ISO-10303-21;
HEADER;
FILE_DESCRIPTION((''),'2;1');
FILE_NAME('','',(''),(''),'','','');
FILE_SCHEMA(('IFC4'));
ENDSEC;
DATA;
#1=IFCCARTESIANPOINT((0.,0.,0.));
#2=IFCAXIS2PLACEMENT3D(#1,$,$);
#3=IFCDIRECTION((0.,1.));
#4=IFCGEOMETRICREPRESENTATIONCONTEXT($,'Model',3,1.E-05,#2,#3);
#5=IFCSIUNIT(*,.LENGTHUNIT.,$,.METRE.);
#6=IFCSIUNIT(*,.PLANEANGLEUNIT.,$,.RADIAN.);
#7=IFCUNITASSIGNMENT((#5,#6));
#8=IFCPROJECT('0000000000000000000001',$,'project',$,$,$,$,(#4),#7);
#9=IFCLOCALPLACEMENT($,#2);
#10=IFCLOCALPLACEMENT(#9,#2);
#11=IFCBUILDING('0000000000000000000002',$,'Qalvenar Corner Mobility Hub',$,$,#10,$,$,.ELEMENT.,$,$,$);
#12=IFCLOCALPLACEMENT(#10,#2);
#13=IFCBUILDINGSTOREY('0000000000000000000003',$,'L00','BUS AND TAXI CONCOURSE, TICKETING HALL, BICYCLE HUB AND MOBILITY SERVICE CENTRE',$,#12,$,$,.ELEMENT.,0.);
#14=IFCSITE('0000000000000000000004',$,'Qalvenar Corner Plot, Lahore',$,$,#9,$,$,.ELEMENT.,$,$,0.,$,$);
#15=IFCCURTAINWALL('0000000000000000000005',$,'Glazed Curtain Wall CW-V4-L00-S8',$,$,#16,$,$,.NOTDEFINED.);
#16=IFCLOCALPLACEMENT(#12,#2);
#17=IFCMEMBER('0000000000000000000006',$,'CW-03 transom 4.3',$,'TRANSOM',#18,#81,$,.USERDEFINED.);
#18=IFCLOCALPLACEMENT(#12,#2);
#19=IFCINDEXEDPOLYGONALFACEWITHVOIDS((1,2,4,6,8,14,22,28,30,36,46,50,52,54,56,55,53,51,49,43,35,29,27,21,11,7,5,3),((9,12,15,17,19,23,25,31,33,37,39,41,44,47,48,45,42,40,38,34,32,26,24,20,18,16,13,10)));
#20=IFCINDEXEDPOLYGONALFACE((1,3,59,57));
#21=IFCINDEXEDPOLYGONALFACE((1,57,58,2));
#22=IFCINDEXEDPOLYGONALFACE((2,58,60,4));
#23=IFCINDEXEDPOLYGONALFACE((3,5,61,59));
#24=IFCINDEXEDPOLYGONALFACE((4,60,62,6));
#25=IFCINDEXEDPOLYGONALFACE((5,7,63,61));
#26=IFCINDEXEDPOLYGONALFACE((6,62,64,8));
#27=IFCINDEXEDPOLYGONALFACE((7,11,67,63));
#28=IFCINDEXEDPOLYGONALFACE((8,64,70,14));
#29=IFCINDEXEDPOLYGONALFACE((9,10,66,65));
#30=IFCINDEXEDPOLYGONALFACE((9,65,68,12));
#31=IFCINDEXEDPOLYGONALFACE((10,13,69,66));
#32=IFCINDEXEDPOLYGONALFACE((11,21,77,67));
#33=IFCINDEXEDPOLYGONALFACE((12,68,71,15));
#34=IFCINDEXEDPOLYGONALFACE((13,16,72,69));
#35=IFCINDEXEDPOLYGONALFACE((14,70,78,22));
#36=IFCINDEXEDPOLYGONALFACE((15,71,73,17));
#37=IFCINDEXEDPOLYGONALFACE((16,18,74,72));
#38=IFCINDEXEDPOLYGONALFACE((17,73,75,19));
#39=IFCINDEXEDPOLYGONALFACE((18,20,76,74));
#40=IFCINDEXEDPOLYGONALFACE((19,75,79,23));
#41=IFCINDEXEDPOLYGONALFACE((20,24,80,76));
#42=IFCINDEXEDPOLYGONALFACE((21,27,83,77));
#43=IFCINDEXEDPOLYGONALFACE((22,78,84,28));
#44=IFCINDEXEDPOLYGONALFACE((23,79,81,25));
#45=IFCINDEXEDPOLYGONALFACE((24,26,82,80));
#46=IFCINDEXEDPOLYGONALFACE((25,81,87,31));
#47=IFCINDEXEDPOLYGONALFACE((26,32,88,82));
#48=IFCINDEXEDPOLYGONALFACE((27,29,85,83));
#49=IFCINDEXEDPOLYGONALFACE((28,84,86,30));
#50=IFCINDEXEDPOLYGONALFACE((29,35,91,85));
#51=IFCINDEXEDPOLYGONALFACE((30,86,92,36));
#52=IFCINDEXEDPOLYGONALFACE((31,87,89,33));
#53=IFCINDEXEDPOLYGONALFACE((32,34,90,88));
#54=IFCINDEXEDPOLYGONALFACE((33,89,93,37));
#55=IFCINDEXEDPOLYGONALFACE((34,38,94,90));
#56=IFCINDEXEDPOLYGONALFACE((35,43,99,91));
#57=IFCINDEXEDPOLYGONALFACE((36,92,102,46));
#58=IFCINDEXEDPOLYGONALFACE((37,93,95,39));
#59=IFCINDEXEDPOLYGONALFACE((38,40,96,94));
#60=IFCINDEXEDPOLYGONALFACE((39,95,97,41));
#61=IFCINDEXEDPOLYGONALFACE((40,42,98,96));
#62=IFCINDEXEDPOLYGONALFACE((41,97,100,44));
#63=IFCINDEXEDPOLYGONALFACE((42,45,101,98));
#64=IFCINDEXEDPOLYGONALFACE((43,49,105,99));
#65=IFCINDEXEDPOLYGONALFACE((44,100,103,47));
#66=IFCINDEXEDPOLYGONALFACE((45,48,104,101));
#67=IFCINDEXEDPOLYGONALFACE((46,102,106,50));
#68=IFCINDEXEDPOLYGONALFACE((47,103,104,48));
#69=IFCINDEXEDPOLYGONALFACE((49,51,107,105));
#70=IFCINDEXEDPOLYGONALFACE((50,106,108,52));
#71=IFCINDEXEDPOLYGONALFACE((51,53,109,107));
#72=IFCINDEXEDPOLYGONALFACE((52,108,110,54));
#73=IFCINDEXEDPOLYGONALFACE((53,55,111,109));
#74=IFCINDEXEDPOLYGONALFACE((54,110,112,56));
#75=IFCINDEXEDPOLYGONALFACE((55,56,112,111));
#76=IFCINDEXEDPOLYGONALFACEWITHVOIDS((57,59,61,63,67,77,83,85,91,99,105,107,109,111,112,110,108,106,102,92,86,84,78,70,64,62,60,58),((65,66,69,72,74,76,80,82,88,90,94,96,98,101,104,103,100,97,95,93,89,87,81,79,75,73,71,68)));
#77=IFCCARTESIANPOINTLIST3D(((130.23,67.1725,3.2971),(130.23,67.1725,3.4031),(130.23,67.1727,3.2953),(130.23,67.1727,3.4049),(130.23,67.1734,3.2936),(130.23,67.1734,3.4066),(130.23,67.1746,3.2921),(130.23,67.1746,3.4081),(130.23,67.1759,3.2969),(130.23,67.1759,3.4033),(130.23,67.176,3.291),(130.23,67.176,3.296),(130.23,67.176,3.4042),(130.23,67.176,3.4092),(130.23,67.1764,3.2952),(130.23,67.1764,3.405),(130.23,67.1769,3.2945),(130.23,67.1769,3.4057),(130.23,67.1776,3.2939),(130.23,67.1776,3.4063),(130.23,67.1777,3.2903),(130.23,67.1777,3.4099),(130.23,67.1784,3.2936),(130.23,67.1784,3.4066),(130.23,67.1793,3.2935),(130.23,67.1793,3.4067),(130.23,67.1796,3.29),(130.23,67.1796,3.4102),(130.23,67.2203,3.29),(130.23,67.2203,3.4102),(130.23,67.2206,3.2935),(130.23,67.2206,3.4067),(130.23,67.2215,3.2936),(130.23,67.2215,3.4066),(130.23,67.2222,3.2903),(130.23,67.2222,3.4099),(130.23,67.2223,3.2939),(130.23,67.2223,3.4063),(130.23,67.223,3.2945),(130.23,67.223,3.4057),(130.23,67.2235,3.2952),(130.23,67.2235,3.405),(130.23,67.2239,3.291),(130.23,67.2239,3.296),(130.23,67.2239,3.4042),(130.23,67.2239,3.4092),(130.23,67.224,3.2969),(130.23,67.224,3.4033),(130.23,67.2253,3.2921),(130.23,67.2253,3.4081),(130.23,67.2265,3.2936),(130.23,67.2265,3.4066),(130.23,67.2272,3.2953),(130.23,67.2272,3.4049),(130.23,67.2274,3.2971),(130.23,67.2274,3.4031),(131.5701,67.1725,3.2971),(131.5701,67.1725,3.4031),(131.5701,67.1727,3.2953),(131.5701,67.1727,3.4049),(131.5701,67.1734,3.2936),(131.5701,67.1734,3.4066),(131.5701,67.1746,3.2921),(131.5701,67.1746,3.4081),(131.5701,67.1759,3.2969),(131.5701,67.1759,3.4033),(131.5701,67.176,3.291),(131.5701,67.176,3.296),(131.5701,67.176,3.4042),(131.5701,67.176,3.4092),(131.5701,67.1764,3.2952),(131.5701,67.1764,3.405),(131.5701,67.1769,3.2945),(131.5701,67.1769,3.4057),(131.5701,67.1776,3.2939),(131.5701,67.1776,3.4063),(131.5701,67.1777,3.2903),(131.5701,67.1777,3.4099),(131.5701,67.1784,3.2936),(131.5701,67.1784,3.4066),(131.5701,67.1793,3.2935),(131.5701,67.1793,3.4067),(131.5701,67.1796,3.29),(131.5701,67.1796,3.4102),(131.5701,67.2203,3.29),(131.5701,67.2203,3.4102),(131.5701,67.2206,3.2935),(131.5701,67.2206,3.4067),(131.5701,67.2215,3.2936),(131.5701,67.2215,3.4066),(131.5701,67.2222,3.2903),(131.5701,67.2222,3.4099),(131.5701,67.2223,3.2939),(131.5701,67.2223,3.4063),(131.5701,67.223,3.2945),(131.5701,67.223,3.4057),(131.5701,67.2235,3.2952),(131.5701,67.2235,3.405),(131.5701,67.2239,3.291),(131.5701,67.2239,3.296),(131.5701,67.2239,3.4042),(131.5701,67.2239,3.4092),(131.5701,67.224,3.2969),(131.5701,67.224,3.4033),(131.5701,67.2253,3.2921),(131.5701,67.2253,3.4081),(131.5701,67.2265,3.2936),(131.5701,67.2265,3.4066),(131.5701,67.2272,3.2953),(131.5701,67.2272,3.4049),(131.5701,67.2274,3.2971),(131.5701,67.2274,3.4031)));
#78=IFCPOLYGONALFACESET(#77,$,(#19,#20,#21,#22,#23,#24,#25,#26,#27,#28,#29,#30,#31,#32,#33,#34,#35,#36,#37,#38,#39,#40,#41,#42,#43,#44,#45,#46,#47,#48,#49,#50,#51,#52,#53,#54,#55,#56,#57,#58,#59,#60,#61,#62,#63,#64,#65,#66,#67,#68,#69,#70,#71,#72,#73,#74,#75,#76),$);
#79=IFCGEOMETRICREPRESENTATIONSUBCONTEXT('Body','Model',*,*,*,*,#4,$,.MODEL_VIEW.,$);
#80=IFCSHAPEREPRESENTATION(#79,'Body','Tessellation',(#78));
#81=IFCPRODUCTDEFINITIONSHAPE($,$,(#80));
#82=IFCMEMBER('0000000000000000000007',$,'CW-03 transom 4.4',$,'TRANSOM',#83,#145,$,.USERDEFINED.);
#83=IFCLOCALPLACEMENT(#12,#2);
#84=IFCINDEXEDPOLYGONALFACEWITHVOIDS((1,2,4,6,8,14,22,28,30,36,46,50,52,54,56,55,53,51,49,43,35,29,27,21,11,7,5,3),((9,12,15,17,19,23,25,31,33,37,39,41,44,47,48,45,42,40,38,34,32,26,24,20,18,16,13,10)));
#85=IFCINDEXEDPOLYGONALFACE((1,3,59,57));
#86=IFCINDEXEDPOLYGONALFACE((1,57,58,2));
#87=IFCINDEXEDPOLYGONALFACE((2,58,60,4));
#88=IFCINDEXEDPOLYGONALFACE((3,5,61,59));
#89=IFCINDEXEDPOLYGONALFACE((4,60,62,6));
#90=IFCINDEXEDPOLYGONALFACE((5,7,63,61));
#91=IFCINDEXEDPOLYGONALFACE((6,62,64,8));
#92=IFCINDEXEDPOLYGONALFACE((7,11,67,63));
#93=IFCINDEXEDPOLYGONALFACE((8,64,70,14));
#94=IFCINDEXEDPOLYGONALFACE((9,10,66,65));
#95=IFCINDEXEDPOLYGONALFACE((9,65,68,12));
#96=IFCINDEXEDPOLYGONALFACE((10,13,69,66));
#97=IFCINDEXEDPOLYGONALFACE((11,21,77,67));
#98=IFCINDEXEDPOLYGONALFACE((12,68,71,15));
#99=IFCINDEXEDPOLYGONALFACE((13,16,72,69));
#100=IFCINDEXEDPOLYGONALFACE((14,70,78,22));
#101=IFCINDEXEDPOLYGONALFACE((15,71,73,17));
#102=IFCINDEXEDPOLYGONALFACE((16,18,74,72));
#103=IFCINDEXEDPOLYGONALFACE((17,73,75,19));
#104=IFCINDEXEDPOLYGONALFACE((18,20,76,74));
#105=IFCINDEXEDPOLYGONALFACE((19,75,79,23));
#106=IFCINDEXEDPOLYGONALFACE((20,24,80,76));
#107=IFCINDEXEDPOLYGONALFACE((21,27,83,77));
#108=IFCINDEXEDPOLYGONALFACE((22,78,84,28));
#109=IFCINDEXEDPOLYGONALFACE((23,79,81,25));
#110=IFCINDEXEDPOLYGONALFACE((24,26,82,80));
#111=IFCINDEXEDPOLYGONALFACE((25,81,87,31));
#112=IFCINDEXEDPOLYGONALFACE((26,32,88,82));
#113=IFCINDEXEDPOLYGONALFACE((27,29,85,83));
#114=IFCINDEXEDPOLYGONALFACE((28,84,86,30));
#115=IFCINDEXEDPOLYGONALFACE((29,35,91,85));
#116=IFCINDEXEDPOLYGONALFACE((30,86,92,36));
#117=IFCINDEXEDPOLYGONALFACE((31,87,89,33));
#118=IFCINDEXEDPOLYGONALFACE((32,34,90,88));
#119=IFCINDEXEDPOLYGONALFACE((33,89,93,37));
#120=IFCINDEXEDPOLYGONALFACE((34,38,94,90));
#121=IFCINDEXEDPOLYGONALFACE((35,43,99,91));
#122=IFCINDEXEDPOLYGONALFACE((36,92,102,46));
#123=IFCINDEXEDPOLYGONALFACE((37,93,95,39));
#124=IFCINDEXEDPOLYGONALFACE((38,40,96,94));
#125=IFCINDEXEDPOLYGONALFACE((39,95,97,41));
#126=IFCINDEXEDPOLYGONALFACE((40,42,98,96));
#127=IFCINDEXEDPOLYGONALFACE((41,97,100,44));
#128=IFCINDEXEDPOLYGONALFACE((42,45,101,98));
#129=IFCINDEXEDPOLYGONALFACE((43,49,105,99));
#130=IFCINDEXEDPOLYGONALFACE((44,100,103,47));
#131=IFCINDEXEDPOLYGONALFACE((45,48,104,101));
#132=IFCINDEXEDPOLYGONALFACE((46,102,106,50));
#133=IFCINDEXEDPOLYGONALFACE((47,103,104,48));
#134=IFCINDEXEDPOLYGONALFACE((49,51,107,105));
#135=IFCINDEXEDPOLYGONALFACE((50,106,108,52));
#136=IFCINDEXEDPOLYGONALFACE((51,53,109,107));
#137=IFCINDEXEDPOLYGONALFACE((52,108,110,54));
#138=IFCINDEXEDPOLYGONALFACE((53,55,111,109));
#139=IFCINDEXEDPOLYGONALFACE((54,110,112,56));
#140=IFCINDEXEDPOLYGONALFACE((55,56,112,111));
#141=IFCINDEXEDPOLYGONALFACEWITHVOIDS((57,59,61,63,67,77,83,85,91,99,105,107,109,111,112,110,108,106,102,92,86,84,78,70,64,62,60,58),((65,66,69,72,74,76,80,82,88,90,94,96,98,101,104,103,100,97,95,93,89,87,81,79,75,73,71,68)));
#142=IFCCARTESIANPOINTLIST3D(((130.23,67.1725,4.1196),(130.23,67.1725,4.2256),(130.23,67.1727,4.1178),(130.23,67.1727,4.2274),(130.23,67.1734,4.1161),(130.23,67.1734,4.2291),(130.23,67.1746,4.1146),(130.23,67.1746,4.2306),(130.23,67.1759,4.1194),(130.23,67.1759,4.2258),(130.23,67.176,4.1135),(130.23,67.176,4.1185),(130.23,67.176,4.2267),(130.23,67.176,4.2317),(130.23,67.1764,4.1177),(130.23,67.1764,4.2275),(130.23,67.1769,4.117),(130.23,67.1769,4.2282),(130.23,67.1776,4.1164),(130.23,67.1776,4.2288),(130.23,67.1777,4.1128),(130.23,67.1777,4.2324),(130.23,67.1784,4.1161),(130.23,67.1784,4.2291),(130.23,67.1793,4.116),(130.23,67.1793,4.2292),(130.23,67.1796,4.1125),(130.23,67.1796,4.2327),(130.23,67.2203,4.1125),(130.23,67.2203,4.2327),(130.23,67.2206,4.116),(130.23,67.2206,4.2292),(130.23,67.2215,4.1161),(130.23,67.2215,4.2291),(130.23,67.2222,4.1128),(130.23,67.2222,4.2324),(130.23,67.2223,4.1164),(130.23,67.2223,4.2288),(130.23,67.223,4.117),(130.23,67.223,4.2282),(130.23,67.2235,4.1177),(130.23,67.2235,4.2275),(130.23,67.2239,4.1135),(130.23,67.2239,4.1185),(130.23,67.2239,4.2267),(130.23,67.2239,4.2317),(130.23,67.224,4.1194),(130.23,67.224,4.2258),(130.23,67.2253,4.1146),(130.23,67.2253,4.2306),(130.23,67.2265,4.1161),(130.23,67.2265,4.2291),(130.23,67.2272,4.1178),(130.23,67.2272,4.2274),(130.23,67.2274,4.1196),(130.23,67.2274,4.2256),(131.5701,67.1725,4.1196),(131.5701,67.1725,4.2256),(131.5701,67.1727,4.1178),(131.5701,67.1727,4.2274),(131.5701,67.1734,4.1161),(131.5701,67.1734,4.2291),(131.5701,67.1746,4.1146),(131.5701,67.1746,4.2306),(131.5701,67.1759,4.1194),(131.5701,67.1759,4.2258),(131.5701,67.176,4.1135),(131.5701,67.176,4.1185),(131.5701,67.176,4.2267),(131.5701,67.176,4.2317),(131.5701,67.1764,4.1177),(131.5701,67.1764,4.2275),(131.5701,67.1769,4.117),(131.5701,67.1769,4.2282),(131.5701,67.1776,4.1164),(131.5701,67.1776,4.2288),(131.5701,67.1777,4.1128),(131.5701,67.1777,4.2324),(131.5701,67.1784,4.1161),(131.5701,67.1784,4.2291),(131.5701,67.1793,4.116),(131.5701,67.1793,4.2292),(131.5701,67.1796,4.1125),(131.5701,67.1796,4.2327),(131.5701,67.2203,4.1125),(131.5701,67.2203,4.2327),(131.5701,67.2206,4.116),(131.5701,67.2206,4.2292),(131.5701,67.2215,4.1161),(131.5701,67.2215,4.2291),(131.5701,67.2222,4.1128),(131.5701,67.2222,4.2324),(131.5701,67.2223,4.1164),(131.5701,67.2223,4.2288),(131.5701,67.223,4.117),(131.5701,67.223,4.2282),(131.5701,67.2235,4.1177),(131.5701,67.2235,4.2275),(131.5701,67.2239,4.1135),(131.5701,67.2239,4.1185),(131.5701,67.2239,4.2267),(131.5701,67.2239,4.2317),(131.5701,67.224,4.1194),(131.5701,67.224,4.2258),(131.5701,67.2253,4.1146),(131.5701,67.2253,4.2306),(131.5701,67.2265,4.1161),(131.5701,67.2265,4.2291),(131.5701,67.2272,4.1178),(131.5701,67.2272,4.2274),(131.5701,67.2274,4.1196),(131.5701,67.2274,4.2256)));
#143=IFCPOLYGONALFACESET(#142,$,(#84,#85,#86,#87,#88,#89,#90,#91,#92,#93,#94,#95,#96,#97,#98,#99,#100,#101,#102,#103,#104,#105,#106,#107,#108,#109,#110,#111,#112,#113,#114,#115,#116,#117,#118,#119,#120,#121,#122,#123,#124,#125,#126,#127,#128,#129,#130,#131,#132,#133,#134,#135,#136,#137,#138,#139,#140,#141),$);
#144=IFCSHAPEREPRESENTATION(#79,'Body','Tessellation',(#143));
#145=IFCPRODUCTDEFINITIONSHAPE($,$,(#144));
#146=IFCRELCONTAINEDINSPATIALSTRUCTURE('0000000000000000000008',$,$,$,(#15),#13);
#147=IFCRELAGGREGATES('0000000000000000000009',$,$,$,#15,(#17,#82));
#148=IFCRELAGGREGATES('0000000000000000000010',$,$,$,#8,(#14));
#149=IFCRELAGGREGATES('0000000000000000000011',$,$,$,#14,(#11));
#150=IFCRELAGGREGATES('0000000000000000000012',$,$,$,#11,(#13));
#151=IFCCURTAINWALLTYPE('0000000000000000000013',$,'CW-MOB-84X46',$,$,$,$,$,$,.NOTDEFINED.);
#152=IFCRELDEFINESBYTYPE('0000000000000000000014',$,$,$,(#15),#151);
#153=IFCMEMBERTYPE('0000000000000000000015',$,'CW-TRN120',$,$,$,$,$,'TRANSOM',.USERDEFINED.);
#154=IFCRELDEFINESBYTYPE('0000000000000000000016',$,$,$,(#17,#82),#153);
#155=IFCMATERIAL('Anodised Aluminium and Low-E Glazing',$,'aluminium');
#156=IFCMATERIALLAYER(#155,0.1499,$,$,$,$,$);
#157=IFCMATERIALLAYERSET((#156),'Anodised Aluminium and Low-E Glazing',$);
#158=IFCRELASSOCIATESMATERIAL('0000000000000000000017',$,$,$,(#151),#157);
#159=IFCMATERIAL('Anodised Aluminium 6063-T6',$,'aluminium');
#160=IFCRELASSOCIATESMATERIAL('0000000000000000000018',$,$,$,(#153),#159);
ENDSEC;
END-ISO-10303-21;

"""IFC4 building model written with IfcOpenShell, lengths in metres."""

from ifc_helpers import new_model, si_unit, direction, frame, origin, origin_2d, place, context, subcontext, project, spatial, hollow_rectangle, extrude, material, layer, layer_set, material_profile, profile_set, type_object, element, aggregate, save


model = new_model("IFC4")

# Units and contexts
model_context = context("Model", 3, precision=1e-05, world=origin(), true_north=direction((0.0, 1.0)))
body_context = subcontext(model_context, "Body", "Model", "MODEL_VIEW")
ifc_project = project(units=[si_unit("LENGTHUNIT", "METRE"), si_unit("PLANEANGLEUNIT", "RADIAN")], contexts=[model_context])

# Site, building, storey
site_placement = place(None, origin())
site = spatial("IfcSite", under=ifc_project, at=site_placement, Name="Qalvenar Corner Plot, Lahore", CompositionType="ELEMENT", RefElevation=0.0)
building_placement = place(site_placement, origin())
building = spatial("IfcBuilding", under=site, at=building_placement, Name="Qalvenar Corner Mobility Hub", CompositionType="ELEMENT")
storey_placement = place(building_placement, origin())
storey = spatial("IfcBuildingStorey", under=building, at=storey_placement, Name="L00", Description="BUS AND TAXI CONCOURSE, TICKETING HALL, BICYCLE HUB AND MOBILITY SERVICE CENTRE", CompositionType="ELEMENT", Elevation=0.0)

# Curtain wall, members
ifc_material_1 = material(Name="Anodised Aluminium and Low-E Glazing", Category="aluminium")
ifc_layer_1 = layer(ifc_material_1, 0.1499)
ifc_layer_set_1 = layer_set([ifc_layer_1], Name="Anodised Aluminium and Low-E Glazing")
curtain_wall_type = type_object("IfcCurtainWallType", Name="CW-MOB-84X46", PredefinedType="NOTDEFINED", material=ifc_layer_set_1)
curtain_wall_placement = place(storey_placement, origin())
curtain_wall = element("IfcCurtainWall", 1, at=curtain_wall_placement, inside=storey, type_object=curtain_wall_type, Name="Glazed Curtain Wall CW-V4-L00-S8", PredefinedType="NOTDEFINED")
ifc_material_2 = material(Name="Anodised Aluminium 6063-T6", Category="aluminium")
ifc_material_profile_1 = material_profile(ifc_material_2, hollow_rectangle(XDim=0.0549, YDim=0.1201, WallThickness=0.0034, InnerFilletRadius=0.0034, OuterFilletRadius=0.0071, at=origin_2d()), Name="RHS120x55x3.5")
ifc_profile_set_1 = profile_set([ifc_material_profile_1], Name="Anodised Aluminium 6063-T6")
member_type_1 = type_object("IfcMemberType", Name="CW-TRN120", ElementType="TRANSOM", PredefinedType="USERDEFINED", material=ifc_profile_set_1)
member_1_placement = place(storey_placement, frame((130.23, 67.2, 3.3501), z_axis=(1.0, 0.0, 0.0), x_axis=(0.0, 1.0, 0.0)))
member_1 = element("IfcMember", 2, at=member_1_placement, type_object=member_type_1, Name="CW-03 transom 4.3", ObjectType="TRANSOM", PredefinedType="USERDEFINED", context=body_context, shape_type="SweptSolid", body=[
    extrude(hollow_rectangle(XDim=0.0549, YDim=0.1201, WallThickness=0.0034, InnerFilletRadius=0.0034, OuterFilletRadius=0.0071, at=origin_2d()), origin(), (0.0, 0.0, 1.0), 1.3401),
])
member_2_placement = place(storey_placement, frame((130.23, 67.2, 4.1726), z_axis=(1.0, 0.0, 0.0), x_axis=(0.0, 1.0, 0.0)))
member_2 = element("IfcMember", 3, at=member_2_placement, type_object=member_type_1, Name="CW-03 transom 4.4", ObjectType="TRANSOM", PredefinedType="USERDEFINED", context=body_context, shape_type="SweptSolid", body=[
    extrude(hollow_rectangle(XDim=0.0549, YDim=0.1201, WallThickness=0.0034, InnerFilletRadius=0.0034, OuterFilletRadius=0.0071, at=origin_2d()), origin(), (0.0, 0.0, 1.0), 1.3401),
])
aggregate(curtain_wall, [member_1, member_2])

save(model, "model.ifc")
